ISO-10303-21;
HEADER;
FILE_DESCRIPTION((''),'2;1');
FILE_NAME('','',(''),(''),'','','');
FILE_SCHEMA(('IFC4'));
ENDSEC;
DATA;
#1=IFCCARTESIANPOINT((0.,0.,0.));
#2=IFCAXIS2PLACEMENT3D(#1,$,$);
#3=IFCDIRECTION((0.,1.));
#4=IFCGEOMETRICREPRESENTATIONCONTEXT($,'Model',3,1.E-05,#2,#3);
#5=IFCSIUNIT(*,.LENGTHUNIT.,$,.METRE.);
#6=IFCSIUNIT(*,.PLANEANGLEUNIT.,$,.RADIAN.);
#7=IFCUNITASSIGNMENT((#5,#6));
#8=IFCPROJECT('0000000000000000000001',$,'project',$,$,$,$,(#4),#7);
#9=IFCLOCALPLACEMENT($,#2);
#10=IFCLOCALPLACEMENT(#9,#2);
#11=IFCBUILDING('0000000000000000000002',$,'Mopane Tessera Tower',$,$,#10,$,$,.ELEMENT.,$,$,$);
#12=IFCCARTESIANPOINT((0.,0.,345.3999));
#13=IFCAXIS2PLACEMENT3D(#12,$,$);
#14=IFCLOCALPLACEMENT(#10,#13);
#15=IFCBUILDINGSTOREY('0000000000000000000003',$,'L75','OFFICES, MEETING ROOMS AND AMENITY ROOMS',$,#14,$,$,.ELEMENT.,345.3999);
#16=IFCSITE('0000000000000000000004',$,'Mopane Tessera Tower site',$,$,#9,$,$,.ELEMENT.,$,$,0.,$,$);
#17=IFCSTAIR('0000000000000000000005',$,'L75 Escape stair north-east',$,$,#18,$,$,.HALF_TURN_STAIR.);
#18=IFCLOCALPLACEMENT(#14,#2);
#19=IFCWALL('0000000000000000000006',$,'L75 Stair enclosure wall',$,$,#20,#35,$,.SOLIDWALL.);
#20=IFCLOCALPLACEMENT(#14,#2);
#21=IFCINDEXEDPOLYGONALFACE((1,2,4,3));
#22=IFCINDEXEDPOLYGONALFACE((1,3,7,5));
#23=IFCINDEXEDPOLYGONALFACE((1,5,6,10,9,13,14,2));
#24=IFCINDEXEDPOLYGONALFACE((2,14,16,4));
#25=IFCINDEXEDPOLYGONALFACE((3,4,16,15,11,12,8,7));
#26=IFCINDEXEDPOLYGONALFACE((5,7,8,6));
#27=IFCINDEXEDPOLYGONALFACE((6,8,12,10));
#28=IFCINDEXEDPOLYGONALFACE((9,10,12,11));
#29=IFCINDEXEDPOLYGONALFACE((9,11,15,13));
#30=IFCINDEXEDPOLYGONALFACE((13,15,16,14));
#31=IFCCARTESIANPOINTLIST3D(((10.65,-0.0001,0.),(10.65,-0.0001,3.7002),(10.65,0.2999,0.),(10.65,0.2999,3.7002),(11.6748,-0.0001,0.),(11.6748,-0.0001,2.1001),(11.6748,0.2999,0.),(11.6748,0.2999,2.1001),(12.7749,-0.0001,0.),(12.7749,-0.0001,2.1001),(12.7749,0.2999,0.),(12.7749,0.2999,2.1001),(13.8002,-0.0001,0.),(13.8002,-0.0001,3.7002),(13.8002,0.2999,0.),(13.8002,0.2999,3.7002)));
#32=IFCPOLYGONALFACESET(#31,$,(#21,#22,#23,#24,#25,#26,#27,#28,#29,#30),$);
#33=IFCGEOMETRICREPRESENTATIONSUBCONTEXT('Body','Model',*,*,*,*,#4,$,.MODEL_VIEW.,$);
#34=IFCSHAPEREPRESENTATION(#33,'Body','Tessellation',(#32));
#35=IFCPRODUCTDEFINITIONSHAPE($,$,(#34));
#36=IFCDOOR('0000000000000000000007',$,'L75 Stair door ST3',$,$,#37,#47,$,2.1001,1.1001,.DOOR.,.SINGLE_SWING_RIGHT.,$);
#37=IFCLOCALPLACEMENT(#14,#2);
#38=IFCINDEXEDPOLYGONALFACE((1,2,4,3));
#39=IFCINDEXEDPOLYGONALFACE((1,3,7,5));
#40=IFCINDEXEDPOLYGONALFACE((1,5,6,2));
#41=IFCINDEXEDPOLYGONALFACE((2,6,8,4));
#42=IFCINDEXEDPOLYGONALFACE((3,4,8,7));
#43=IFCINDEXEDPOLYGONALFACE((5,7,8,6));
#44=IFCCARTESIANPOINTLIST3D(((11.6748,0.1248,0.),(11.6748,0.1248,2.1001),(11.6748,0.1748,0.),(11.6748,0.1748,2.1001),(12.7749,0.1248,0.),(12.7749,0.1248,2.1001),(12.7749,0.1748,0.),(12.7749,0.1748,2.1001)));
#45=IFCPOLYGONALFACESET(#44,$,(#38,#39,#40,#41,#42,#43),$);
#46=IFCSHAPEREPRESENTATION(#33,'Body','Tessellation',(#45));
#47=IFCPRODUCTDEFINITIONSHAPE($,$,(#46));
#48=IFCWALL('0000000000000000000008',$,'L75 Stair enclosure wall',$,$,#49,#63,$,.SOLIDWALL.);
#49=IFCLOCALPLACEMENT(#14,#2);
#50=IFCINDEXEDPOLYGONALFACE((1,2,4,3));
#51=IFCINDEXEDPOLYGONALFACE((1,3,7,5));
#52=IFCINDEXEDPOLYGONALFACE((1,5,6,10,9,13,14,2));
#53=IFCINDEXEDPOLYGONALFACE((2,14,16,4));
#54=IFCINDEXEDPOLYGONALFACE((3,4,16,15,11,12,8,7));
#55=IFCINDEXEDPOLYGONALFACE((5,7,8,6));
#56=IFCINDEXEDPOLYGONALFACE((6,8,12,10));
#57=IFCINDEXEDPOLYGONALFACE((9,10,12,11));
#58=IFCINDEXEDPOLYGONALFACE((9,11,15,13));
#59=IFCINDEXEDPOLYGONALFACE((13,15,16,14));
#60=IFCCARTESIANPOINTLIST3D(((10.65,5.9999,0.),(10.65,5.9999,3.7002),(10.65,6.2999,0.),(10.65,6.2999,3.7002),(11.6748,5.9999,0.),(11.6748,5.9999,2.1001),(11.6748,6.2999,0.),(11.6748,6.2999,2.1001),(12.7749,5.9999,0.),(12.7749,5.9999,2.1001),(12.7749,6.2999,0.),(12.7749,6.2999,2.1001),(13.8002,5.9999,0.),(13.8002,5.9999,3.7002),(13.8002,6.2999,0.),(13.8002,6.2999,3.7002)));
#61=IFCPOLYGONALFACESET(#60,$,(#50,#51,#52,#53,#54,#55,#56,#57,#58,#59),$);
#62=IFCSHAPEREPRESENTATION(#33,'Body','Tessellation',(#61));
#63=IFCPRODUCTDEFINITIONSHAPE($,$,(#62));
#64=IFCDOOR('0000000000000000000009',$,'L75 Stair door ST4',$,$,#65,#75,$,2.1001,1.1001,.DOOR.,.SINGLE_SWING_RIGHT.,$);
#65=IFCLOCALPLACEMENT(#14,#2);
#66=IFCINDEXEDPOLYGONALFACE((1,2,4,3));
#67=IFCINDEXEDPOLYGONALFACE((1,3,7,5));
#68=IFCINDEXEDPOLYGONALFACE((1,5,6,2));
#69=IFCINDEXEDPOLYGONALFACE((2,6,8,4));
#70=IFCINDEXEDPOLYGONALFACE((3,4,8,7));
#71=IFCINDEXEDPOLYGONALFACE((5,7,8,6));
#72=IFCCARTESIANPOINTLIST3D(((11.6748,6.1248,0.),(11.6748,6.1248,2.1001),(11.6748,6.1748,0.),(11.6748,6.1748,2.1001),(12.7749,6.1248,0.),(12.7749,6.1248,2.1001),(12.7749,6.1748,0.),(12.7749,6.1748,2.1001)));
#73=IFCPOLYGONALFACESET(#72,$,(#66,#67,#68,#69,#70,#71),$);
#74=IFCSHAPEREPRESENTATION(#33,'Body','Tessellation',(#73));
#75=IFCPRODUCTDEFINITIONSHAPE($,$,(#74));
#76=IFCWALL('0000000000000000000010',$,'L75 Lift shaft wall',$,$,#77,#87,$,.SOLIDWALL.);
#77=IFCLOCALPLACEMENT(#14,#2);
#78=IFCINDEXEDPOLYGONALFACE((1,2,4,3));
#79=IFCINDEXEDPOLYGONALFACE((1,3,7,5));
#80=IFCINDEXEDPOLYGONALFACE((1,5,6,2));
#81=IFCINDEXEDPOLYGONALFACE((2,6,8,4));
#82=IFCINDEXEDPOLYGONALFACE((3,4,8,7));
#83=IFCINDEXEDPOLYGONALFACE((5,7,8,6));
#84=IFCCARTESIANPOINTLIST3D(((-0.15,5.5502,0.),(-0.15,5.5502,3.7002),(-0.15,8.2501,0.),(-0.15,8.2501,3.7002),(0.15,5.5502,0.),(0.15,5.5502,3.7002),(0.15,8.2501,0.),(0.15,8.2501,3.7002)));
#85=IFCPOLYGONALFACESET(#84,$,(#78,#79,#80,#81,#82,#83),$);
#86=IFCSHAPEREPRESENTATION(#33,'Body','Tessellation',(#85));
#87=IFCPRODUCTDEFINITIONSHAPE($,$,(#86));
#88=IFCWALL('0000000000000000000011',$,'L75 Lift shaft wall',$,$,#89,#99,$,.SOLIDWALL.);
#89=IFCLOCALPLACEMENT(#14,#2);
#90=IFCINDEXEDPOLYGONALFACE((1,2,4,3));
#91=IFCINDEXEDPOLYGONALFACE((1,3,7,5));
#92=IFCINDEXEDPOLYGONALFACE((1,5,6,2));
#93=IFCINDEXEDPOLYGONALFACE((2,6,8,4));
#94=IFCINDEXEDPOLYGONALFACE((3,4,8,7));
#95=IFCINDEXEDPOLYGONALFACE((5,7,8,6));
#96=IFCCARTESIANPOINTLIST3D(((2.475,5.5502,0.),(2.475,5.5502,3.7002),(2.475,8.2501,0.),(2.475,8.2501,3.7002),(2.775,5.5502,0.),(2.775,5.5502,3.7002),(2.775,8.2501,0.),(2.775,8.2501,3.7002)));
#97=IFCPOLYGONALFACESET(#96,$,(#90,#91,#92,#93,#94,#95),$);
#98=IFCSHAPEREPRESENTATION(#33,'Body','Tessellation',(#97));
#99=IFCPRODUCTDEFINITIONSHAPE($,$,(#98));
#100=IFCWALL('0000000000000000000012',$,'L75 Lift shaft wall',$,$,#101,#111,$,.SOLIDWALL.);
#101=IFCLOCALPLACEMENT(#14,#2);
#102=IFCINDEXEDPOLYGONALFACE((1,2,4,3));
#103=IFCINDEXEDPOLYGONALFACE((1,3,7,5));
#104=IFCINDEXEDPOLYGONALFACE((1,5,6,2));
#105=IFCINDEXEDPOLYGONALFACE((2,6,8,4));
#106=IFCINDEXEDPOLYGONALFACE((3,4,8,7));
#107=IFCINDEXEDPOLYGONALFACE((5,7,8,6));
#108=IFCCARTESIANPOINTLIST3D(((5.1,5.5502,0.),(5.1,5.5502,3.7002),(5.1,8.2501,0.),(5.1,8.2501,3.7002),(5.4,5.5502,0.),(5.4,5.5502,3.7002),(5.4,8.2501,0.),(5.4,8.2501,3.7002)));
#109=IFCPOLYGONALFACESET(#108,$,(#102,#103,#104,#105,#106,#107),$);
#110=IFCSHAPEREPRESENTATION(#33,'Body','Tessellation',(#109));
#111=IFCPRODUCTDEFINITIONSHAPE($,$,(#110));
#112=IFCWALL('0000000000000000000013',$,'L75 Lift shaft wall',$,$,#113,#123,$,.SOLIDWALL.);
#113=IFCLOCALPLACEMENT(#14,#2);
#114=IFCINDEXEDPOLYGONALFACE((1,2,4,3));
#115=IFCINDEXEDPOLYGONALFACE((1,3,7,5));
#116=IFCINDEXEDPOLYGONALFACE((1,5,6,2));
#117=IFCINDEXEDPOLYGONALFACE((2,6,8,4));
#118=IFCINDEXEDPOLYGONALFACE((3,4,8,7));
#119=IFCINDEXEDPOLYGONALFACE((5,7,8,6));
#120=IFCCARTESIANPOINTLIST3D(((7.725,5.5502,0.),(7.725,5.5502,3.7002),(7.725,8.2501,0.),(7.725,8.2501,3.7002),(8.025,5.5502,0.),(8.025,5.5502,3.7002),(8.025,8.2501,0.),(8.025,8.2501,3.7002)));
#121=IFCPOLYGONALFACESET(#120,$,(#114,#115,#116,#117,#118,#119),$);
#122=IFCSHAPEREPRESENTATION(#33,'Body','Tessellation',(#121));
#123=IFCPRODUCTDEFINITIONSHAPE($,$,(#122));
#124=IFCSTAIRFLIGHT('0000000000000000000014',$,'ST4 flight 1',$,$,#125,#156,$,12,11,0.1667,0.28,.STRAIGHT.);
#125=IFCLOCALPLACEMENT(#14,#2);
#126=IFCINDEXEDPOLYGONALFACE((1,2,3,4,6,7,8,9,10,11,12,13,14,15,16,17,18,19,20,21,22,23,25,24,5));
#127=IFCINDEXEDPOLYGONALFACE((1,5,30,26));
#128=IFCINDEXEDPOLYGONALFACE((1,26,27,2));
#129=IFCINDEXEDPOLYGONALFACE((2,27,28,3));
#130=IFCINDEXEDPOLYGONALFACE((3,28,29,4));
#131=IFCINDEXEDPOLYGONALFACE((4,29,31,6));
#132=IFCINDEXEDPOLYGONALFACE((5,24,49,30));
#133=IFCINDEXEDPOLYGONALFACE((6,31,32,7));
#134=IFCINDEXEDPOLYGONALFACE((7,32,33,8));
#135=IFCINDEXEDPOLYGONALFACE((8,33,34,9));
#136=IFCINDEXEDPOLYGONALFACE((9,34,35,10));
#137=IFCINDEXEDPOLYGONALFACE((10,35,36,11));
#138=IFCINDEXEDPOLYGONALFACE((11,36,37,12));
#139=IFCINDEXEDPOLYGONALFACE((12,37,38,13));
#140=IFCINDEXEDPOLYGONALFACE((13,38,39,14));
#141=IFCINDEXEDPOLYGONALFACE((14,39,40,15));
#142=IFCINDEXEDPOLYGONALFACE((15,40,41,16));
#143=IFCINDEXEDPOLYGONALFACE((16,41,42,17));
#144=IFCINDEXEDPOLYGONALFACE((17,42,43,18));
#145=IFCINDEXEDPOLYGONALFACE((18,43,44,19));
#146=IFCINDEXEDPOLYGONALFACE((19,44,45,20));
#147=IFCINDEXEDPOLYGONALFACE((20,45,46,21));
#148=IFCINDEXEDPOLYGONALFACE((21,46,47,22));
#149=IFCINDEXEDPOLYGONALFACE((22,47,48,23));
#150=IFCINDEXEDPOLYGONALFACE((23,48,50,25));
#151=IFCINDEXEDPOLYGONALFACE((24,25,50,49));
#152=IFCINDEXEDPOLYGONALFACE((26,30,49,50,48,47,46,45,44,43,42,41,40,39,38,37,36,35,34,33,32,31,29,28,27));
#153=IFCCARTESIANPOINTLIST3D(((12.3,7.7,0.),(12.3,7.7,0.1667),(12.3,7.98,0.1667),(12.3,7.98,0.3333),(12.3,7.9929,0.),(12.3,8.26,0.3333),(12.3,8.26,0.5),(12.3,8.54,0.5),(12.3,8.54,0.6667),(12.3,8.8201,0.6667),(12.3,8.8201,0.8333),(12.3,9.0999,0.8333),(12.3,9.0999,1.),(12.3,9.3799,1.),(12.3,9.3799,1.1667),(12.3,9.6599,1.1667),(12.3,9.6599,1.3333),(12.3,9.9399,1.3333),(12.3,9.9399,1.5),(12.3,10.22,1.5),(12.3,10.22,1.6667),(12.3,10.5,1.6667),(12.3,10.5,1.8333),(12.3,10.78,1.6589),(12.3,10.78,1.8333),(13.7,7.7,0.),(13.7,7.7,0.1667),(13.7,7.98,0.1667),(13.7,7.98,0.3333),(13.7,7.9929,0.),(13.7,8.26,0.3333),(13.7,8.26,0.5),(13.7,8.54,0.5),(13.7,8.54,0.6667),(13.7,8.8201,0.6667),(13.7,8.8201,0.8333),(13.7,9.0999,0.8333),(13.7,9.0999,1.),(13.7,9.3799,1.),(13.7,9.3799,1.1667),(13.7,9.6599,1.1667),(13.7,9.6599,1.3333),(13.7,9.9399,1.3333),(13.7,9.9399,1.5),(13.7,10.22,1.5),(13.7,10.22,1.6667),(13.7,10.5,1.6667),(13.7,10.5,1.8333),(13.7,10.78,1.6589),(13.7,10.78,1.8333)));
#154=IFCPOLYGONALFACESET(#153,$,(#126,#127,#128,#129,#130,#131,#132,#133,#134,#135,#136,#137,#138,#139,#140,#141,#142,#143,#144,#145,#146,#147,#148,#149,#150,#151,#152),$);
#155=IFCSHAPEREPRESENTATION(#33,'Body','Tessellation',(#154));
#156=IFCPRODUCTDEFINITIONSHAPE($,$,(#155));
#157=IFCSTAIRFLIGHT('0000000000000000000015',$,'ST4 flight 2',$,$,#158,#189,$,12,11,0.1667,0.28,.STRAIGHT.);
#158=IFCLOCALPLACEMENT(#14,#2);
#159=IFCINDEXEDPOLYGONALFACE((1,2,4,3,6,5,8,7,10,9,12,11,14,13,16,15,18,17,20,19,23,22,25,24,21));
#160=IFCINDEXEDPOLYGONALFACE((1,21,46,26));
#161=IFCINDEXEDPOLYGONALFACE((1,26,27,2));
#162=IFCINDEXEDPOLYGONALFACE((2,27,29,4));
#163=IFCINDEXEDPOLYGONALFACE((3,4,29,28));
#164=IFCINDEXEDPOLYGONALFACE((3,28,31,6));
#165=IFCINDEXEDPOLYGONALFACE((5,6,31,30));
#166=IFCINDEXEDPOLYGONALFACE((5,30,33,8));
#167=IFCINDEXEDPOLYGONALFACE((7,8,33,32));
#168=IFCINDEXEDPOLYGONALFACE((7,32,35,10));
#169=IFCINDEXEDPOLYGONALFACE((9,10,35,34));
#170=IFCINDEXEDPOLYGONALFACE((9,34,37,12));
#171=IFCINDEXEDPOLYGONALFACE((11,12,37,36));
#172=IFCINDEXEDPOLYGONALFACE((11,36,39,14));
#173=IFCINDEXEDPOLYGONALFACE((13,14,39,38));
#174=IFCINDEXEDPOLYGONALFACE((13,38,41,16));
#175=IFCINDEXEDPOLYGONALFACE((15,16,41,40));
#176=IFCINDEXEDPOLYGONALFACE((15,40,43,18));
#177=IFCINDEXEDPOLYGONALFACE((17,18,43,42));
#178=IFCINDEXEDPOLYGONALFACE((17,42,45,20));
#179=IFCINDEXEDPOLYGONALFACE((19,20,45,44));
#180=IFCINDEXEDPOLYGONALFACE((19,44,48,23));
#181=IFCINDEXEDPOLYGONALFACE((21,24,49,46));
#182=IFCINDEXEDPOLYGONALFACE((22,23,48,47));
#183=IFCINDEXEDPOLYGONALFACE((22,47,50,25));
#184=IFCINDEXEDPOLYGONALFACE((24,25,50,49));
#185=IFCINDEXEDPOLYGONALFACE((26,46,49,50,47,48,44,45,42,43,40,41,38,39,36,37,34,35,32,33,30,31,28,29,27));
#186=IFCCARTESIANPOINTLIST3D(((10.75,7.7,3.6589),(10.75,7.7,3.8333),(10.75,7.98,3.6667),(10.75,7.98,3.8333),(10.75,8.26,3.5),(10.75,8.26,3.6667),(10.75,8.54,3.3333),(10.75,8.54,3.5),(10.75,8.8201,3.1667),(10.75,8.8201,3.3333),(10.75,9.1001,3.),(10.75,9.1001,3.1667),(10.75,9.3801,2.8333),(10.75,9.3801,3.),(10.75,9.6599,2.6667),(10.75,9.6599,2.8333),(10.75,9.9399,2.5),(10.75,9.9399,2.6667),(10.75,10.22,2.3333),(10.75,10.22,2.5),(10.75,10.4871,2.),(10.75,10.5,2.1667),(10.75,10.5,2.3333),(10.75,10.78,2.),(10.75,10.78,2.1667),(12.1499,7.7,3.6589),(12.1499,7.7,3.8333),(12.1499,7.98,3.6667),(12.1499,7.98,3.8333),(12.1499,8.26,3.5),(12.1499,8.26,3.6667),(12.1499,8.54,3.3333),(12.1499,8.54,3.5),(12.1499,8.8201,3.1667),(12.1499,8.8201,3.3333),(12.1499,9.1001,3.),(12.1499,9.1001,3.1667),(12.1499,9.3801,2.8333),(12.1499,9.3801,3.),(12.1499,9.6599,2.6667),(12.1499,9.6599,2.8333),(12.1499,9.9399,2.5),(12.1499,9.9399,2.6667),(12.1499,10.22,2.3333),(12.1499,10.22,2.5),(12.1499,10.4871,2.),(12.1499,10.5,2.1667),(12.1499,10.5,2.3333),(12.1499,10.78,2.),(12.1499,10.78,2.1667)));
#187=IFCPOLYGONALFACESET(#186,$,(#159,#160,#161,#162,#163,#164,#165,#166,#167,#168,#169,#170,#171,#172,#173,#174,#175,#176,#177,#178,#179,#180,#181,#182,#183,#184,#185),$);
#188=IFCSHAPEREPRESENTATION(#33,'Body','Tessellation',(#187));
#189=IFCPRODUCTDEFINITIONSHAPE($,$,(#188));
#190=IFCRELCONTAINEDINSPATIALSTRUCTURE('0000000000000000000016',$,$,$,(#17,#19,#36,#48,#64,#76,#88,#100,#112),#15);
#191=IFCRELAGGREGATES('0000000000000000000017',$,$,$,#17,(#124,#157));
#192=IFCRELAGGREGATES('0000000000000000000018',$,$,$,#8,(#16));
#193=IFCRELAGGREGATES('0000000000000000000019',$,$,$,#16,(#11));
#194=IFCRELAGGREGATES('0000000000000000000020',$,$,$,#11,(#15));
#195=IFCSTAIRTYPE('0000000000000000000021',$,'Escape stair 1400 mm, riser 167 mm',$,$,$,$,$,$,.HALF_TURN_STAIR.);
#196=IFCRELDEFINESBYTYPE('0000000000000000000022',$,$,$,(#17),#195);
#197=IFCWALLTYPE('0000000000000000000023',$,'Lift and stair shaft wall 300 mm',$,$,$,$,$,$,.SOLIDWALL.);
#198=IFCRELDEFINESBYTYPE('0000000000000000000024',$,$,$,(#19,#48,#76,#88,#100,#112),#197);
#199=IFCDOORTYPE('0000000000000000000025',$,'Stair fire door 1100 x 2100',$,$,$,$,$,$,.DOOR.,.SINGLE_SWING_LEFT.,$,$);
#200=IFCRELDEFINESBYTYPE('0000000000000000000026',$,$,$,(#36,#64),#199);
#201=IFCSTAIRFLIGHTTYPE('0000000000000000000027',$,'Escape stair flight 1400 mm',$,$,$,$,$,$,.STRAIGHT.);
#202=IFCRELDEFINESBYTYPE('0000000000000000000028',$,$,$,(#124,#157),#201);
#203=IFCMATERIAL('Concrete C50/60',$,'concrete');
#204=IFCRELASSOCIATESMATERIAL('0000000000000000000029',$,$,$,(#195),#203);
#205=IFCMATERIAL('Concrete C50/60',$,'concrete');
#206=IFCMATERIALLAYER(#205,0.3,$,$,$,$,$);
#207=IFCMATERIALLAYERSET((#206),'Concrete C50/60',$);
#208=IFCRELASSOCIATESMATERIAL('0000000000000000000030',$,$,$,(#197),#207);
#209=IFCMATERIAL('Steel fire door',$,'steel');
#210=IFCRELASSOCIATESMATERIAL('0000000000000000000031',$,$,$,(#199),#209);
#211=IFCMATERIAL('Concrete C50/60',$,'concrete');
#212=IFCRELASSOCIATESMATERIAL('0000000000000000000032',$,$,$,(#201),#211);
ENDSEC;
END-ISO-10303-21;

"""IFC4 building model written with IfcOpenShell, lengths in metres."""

from ifc_helpers import new_model, si_unit, direction, frame, frame_2d, origin, place, context, subcontext, project, spatial, polyline, rectangle, outline, extrude, material, layer, layer_set, type_object, element, fill, aggregate, save


model = new_model("IFC4")

# Units and contexts
model_context = context("Model", 3, precision=1e-05, world=origin(), true_north=direction((0.0, 1.0)))
body_context = subcontext(model_context, "Body", "Model", "MODEL_VIEW")
ifc_project = project(units=[si_unit("LENGTHUNIT", "METRE"), si_unit("PLANEANGLEUNIT", "RADIAN")], contexts=[model_context])

# Site, building, storey
site_placement = place(None, origin())
site = spatial("IfcSite", under=ifc_project, at=site_placement, Name="Mopane Tessera Tower site", CompositionType="ELEMENT", RefElevation=0.0)
building_placement = place(site_placement, origin())
building = spatial("IfcBuilding", under=site, at=building_placement, Name="Mopane Tessera Tower", CompositionType="ELEMENT")
storey_placement = place(building_placement, frame((0.0, 0.0, 345.3999)))
storey = spatial("IfcBuildingStorey", under=building, at=storey_placement, Name="L75", Description="OFFICES, MEETING ROOMS AND AMENITY ROOMS", CompositionType="ELEMENT", Elevation=345.3999)

# Stair
ifc_material_1 = material(Name="Concrete C50/60", Category="concrete")
stair_type = type_object("IfcStairType", Name="Escape stair 1400 mm, riser 167 mm", PredefinedType="HALF_TURN_STAIR", material=ifc_material_1)
stair_1_placement = place(storey_placement, origin())
stair_1 = element("IfcStair", 1, at=stair_1_placement, inside=storey, type_object=stair_type, Name="L75 Escape stair north-east", PredefinedType="HALF_TURN_STAIR")

# Walls, openings, doors
ifc_material_2 = material(Name="Concrete C50/60", Category="concrete")
ifc_layer_1 = layer(ifc_material_2, 0.3)
ifc_layer_set_1 = layer_set([ifc_layer_1], Name="Concrete C50/60")
wall_type_1 = type_object("IfcWallType", Name="Lift and stair shaft wall 300 mm", PredefinedType="SOLIDWALL", material=ifc_layer_set_1)
wall_1_placement = place(storey_placement, frame((10.6499, 0.1499, 0.0), z_axis=(0.0, 0.0, 1.0), x_axis=(1.0, 0.0, 0.0)))
wall_1 = element("IfcWall", 2, at=wall_1_placement, inside=storey, type_object=wall_type_1, Name="L75 Stair enclosure wall", PredefinedType="SOLIDWALL", context=body_context, shape_type="SweptSolid", body=[
    extrude(rectangle(XDim=3.1501, YDim=0.3, at=frame_2d((1.5752, 0.0))), origin(), (0.0, 0.0, 1.0), 3.7002),
])
opening_1_placement = place(wall_1_placement, frame((1.0249, 0.0, 0.0)))
opening_1 = element("IfcOpeningElement", 3, at=opening_1_placement, cuts=wall_1, PredefinedType="OPENING", context=body_context, shape_type="SweptSolid", body=[
    extrude(rectangle(XDim=1.1001, YDim=2.1001, at=frame_2d((0.55, 1.05))), frame((0.0, 0.1621, 0.0), z_axis=(0.0, -1.0, 0.0), x_axis=(1.0, 0.0, 0.0)), (0.0, 0.0, 1.0), 0.324),
])
ifc_material_3 = material(Name="Steel fire door", Category="steel")
door_type = type_object("IfcDoorType", Name="Stair fire door 1100 x 2100", OperationType="SINGLE_SWING_LEFT", PredefinedType="DOOR", material=ifc_material_3)
door_1_placement = place(opening_1_placement, origin())
door_1 = element("IfcDoor", 4, at=door_1_placement, inside=storey, type_object=door_type, Name="L75 Stair door ST3", OperationType="SINGLE_SWING_RIGHT", OverallHeight=2.1001, OverallWidth=1.1001, PredefinedType="DOOR", context=body_context, shape_type="SweptSolid", body=[
    extrude(rectangle(XDim=1.1001, YDim=2.1001, at=frame_2d((0.55, 1.05))), frame((0.0, 0.0249, 0.0), z_axis=(0.0, -1.0, 0.0), x_axis=(1.0, 0.0, 0.0)), (0.0, 0.0, 1.0), 0.05),
])
fill(opening_1, door_1)
wall_2_placement = place(storey_placement, frame((10.6499, 6.1499, 0.0), z_axis=(0.0, 0.0, 1.0), x_axis=(1.0, 0.0, 0.0)))
wall_2 = element("IfcWall", 5, at=wall_2_placement, inside=storey, type_object=wall_type_1, Name="L75 Stair enclosure wall", PredefinedType="SOLIDWALL", context=body_context, shape_type="SweptSolid", body=[
    extrude(rectangle(XDim=3.1501, YDim=0.3, at=frame_2d((1.5752, 0.0))), origin(), (0.0, 0.0, 1.0), 3.7002),
])
opening_2_placement = place(wall_2_placement, frame((1.0249, 0.0, 0.0)))
opening_2 = element("IfcOpeningElement", 6, at=opening_2_placement, cuts=wall_2, PredefinedType="OPENING", context=body_context, shape_type="SweptSolid", body=[
    extrude(rectangle(XDim=1.1001, YDim=2.1001, at=frame_2d((0.55, 1.05))), frame((0.0, 0.1621, 0.0), z_axis=(0.0, -1.0, 0.0), x_axis=(1.0, 0.0, 0.0)), (0.0, 0.0, 1.0), 0.324),
])
door_2_placement = place(opening_2_placement, origin())
door_2 = element("IfcDoor", 7, at=door_2_placement, inside=storey, type_object=door_type, Name="L75 Stair door ST4", OperationType="SINGLE_SWING_RIGHT", OverallHeight=2.1001, OverallWidth=1.1001, PredefinedType="DOOR", context=body_context, shape_type="SweptSolid", body=[
    extrude(rectangle(XDim=1.1001, YDim=2.1001, at=frame_2d((0.55, 1.05))), frame((0.0, 0.0249, 0.0), z_axis=(0.0, -1.0, 0.0), x_axis=(1.0, 0.0, 0.0)), (0.0, 0.0, 1.0), 0.05),
])
fill(opening_2, door_2)

# Walls
for number, where, z_axis, x_axis, name in (
    (8, (0.0, 5.55, 0.0), (0.0, 0.0, 1.0), (0.0, 1.0, 0.0), "L75 Lift shaft wall"),
    (9, (2.625, 5.55, 0.0), (0.0, 0.0, 1.0), (0.0, 1.0, 0.0), "L75 Lift shaft wall"),
    (10, (5.25, 5.55, 0.0), (0.0, 0.0, 1.0), (0.0, 1.0, 0.0), "L75 Lift shaft wall"),
    (11, (7.875, 5.55, 0.0), (0.0, 0.0, 1.0), (0.0, 1.0, 0.0), "L75 Lift shaft wall"),
):
    element("IfcWall", number, at=place(storey_placement, frame(where, z_axis=z_axis, x_axis=x_axis)), inside=storey, type_object=wall_type_1, Name=name, PredefinedType="SOLIDWALL", context=body_context, shape_type="SweptSolid", body=[
        extrude(rectangle(XDim=2.7, YDim=0.3, at=frame_2d((1.3501, 0.0))), origin(), (0.0, 0.0, 1.0), 3.7002),
    ])

# Stair flights
ifc_material_4 = material(Name="Concrete C50/60", Category="concrete")
stair_flight_type = type_object("IfcStairFlightType", Name="Escape stair flight 1400 mm", PredefinedType="STRAIGHT", material=ifc_material_4)
stair_flight_1_placement = place(storey_placement, frame((13.0, 7.7, 0.0), z_axis=(0.0, 0.0, 1.0), x_axis=(0.0, 1.0, 0.0)))
stair_flight_1 = element("IfcStairFlight", 12, at=stair_flight_1_placement, type_object=stair_flight_type, Name="ST4 flight 1", NumberOfRisers=12, NumberOfTreads=11, PredefinedType="STRAIGHT", RiserHeight=0.1667, TreadLength=0.28, context=body_context, shape_type="SweptSolid", body=[
    extrude(outline(polyline([(0.0, 0.0), (0.0, 0.1667), (0.28, 0.1667), (0.28, 0.3333), (0.5601, 0.3333), (0.5601, 0.5), (0.8401, 0.5), (0.8401, 0.6667), (1.1201, 0.6667), (1.1201, 0.8333), (1.3999, 0.8333), (1.3999, 1.0), (1.6799, 1.0), (1.6799, 1.1667), (1.96, 1.1667), (1.96, 1.3333), (2.24, 1.3333), (2.24, 1.5), (2.52, 1.5), (2.52, 1.6667), (2.8, 1.6667), (2.8, 1.8333), (3.0801, 1.8333), (3.0801, 2.0), (3.0801, 1.6589), (0.293, 0.0), (0.0, 0.0)])), frame((0.0, 0.7, 0.0), z_axis=(0.0, -1.0, 0.0), x_axis=(1.0, 0.0, 0.0)), (0.0, 0.0, 1.0), 1.3999),
])
stair_flight_2_placement = place(storey_placement, frame((11.45, 10.78, 2.0), z_axis=(0.0, 0.0, 1.0), x_axis=(0.0, -1.0, 0.0)))
stair_flight_2 = element("IfcStairFlight", 13, at=stair_flight_2_placement, type_object=stair_flight_type, Name="ST4 flight 2", NumberOfRisers=12, NumberOfTreads=11, PredefinedType="STRAIGHT", RiserHeight=0.1667, TreadLength=0.28, context=body_context, shape_type="SweptSolid", body=[
    extrude(outline(polyline([(0.0, 0.0), (0.0, 0.1667), (0.28, 0.1667), (0.28, 0.3333), (0.5601, 0.3333), (0.5601, 0.5), (0.8401, 0.5), (0.8401, 0.6667), (1.1201, 0.6667), (1.1201, 0.8333), (1.3999, 0.8333), (1.3999, 1.0), (1.6799, 1.0), (1.6799, 1.1667), (1.96, 1.1667), (1.96, 1.3333), (2.24, 1.3333), (2.24, 1.5), (2.52, 1.5), (2.52, 1.6667), (2.8, 1.6667), (2.8, 1.8333), (3.0801, 1.8333), (3.0801, 2.0), (3.0801, 1.6589), (0.293, 0.0), (0.0, 0.0)])), frame((0.0, 0.7, 0.0), z_axis=(0.0, -1.0, 0.0), x_axis=(1.0, 0.0, 0.0)), (0.0, 0.0, 1.0), 1.3999),
])
aggregate(stair_1, [stair_flight_1, stair_flight_2])

save(model, "model.ifc")
